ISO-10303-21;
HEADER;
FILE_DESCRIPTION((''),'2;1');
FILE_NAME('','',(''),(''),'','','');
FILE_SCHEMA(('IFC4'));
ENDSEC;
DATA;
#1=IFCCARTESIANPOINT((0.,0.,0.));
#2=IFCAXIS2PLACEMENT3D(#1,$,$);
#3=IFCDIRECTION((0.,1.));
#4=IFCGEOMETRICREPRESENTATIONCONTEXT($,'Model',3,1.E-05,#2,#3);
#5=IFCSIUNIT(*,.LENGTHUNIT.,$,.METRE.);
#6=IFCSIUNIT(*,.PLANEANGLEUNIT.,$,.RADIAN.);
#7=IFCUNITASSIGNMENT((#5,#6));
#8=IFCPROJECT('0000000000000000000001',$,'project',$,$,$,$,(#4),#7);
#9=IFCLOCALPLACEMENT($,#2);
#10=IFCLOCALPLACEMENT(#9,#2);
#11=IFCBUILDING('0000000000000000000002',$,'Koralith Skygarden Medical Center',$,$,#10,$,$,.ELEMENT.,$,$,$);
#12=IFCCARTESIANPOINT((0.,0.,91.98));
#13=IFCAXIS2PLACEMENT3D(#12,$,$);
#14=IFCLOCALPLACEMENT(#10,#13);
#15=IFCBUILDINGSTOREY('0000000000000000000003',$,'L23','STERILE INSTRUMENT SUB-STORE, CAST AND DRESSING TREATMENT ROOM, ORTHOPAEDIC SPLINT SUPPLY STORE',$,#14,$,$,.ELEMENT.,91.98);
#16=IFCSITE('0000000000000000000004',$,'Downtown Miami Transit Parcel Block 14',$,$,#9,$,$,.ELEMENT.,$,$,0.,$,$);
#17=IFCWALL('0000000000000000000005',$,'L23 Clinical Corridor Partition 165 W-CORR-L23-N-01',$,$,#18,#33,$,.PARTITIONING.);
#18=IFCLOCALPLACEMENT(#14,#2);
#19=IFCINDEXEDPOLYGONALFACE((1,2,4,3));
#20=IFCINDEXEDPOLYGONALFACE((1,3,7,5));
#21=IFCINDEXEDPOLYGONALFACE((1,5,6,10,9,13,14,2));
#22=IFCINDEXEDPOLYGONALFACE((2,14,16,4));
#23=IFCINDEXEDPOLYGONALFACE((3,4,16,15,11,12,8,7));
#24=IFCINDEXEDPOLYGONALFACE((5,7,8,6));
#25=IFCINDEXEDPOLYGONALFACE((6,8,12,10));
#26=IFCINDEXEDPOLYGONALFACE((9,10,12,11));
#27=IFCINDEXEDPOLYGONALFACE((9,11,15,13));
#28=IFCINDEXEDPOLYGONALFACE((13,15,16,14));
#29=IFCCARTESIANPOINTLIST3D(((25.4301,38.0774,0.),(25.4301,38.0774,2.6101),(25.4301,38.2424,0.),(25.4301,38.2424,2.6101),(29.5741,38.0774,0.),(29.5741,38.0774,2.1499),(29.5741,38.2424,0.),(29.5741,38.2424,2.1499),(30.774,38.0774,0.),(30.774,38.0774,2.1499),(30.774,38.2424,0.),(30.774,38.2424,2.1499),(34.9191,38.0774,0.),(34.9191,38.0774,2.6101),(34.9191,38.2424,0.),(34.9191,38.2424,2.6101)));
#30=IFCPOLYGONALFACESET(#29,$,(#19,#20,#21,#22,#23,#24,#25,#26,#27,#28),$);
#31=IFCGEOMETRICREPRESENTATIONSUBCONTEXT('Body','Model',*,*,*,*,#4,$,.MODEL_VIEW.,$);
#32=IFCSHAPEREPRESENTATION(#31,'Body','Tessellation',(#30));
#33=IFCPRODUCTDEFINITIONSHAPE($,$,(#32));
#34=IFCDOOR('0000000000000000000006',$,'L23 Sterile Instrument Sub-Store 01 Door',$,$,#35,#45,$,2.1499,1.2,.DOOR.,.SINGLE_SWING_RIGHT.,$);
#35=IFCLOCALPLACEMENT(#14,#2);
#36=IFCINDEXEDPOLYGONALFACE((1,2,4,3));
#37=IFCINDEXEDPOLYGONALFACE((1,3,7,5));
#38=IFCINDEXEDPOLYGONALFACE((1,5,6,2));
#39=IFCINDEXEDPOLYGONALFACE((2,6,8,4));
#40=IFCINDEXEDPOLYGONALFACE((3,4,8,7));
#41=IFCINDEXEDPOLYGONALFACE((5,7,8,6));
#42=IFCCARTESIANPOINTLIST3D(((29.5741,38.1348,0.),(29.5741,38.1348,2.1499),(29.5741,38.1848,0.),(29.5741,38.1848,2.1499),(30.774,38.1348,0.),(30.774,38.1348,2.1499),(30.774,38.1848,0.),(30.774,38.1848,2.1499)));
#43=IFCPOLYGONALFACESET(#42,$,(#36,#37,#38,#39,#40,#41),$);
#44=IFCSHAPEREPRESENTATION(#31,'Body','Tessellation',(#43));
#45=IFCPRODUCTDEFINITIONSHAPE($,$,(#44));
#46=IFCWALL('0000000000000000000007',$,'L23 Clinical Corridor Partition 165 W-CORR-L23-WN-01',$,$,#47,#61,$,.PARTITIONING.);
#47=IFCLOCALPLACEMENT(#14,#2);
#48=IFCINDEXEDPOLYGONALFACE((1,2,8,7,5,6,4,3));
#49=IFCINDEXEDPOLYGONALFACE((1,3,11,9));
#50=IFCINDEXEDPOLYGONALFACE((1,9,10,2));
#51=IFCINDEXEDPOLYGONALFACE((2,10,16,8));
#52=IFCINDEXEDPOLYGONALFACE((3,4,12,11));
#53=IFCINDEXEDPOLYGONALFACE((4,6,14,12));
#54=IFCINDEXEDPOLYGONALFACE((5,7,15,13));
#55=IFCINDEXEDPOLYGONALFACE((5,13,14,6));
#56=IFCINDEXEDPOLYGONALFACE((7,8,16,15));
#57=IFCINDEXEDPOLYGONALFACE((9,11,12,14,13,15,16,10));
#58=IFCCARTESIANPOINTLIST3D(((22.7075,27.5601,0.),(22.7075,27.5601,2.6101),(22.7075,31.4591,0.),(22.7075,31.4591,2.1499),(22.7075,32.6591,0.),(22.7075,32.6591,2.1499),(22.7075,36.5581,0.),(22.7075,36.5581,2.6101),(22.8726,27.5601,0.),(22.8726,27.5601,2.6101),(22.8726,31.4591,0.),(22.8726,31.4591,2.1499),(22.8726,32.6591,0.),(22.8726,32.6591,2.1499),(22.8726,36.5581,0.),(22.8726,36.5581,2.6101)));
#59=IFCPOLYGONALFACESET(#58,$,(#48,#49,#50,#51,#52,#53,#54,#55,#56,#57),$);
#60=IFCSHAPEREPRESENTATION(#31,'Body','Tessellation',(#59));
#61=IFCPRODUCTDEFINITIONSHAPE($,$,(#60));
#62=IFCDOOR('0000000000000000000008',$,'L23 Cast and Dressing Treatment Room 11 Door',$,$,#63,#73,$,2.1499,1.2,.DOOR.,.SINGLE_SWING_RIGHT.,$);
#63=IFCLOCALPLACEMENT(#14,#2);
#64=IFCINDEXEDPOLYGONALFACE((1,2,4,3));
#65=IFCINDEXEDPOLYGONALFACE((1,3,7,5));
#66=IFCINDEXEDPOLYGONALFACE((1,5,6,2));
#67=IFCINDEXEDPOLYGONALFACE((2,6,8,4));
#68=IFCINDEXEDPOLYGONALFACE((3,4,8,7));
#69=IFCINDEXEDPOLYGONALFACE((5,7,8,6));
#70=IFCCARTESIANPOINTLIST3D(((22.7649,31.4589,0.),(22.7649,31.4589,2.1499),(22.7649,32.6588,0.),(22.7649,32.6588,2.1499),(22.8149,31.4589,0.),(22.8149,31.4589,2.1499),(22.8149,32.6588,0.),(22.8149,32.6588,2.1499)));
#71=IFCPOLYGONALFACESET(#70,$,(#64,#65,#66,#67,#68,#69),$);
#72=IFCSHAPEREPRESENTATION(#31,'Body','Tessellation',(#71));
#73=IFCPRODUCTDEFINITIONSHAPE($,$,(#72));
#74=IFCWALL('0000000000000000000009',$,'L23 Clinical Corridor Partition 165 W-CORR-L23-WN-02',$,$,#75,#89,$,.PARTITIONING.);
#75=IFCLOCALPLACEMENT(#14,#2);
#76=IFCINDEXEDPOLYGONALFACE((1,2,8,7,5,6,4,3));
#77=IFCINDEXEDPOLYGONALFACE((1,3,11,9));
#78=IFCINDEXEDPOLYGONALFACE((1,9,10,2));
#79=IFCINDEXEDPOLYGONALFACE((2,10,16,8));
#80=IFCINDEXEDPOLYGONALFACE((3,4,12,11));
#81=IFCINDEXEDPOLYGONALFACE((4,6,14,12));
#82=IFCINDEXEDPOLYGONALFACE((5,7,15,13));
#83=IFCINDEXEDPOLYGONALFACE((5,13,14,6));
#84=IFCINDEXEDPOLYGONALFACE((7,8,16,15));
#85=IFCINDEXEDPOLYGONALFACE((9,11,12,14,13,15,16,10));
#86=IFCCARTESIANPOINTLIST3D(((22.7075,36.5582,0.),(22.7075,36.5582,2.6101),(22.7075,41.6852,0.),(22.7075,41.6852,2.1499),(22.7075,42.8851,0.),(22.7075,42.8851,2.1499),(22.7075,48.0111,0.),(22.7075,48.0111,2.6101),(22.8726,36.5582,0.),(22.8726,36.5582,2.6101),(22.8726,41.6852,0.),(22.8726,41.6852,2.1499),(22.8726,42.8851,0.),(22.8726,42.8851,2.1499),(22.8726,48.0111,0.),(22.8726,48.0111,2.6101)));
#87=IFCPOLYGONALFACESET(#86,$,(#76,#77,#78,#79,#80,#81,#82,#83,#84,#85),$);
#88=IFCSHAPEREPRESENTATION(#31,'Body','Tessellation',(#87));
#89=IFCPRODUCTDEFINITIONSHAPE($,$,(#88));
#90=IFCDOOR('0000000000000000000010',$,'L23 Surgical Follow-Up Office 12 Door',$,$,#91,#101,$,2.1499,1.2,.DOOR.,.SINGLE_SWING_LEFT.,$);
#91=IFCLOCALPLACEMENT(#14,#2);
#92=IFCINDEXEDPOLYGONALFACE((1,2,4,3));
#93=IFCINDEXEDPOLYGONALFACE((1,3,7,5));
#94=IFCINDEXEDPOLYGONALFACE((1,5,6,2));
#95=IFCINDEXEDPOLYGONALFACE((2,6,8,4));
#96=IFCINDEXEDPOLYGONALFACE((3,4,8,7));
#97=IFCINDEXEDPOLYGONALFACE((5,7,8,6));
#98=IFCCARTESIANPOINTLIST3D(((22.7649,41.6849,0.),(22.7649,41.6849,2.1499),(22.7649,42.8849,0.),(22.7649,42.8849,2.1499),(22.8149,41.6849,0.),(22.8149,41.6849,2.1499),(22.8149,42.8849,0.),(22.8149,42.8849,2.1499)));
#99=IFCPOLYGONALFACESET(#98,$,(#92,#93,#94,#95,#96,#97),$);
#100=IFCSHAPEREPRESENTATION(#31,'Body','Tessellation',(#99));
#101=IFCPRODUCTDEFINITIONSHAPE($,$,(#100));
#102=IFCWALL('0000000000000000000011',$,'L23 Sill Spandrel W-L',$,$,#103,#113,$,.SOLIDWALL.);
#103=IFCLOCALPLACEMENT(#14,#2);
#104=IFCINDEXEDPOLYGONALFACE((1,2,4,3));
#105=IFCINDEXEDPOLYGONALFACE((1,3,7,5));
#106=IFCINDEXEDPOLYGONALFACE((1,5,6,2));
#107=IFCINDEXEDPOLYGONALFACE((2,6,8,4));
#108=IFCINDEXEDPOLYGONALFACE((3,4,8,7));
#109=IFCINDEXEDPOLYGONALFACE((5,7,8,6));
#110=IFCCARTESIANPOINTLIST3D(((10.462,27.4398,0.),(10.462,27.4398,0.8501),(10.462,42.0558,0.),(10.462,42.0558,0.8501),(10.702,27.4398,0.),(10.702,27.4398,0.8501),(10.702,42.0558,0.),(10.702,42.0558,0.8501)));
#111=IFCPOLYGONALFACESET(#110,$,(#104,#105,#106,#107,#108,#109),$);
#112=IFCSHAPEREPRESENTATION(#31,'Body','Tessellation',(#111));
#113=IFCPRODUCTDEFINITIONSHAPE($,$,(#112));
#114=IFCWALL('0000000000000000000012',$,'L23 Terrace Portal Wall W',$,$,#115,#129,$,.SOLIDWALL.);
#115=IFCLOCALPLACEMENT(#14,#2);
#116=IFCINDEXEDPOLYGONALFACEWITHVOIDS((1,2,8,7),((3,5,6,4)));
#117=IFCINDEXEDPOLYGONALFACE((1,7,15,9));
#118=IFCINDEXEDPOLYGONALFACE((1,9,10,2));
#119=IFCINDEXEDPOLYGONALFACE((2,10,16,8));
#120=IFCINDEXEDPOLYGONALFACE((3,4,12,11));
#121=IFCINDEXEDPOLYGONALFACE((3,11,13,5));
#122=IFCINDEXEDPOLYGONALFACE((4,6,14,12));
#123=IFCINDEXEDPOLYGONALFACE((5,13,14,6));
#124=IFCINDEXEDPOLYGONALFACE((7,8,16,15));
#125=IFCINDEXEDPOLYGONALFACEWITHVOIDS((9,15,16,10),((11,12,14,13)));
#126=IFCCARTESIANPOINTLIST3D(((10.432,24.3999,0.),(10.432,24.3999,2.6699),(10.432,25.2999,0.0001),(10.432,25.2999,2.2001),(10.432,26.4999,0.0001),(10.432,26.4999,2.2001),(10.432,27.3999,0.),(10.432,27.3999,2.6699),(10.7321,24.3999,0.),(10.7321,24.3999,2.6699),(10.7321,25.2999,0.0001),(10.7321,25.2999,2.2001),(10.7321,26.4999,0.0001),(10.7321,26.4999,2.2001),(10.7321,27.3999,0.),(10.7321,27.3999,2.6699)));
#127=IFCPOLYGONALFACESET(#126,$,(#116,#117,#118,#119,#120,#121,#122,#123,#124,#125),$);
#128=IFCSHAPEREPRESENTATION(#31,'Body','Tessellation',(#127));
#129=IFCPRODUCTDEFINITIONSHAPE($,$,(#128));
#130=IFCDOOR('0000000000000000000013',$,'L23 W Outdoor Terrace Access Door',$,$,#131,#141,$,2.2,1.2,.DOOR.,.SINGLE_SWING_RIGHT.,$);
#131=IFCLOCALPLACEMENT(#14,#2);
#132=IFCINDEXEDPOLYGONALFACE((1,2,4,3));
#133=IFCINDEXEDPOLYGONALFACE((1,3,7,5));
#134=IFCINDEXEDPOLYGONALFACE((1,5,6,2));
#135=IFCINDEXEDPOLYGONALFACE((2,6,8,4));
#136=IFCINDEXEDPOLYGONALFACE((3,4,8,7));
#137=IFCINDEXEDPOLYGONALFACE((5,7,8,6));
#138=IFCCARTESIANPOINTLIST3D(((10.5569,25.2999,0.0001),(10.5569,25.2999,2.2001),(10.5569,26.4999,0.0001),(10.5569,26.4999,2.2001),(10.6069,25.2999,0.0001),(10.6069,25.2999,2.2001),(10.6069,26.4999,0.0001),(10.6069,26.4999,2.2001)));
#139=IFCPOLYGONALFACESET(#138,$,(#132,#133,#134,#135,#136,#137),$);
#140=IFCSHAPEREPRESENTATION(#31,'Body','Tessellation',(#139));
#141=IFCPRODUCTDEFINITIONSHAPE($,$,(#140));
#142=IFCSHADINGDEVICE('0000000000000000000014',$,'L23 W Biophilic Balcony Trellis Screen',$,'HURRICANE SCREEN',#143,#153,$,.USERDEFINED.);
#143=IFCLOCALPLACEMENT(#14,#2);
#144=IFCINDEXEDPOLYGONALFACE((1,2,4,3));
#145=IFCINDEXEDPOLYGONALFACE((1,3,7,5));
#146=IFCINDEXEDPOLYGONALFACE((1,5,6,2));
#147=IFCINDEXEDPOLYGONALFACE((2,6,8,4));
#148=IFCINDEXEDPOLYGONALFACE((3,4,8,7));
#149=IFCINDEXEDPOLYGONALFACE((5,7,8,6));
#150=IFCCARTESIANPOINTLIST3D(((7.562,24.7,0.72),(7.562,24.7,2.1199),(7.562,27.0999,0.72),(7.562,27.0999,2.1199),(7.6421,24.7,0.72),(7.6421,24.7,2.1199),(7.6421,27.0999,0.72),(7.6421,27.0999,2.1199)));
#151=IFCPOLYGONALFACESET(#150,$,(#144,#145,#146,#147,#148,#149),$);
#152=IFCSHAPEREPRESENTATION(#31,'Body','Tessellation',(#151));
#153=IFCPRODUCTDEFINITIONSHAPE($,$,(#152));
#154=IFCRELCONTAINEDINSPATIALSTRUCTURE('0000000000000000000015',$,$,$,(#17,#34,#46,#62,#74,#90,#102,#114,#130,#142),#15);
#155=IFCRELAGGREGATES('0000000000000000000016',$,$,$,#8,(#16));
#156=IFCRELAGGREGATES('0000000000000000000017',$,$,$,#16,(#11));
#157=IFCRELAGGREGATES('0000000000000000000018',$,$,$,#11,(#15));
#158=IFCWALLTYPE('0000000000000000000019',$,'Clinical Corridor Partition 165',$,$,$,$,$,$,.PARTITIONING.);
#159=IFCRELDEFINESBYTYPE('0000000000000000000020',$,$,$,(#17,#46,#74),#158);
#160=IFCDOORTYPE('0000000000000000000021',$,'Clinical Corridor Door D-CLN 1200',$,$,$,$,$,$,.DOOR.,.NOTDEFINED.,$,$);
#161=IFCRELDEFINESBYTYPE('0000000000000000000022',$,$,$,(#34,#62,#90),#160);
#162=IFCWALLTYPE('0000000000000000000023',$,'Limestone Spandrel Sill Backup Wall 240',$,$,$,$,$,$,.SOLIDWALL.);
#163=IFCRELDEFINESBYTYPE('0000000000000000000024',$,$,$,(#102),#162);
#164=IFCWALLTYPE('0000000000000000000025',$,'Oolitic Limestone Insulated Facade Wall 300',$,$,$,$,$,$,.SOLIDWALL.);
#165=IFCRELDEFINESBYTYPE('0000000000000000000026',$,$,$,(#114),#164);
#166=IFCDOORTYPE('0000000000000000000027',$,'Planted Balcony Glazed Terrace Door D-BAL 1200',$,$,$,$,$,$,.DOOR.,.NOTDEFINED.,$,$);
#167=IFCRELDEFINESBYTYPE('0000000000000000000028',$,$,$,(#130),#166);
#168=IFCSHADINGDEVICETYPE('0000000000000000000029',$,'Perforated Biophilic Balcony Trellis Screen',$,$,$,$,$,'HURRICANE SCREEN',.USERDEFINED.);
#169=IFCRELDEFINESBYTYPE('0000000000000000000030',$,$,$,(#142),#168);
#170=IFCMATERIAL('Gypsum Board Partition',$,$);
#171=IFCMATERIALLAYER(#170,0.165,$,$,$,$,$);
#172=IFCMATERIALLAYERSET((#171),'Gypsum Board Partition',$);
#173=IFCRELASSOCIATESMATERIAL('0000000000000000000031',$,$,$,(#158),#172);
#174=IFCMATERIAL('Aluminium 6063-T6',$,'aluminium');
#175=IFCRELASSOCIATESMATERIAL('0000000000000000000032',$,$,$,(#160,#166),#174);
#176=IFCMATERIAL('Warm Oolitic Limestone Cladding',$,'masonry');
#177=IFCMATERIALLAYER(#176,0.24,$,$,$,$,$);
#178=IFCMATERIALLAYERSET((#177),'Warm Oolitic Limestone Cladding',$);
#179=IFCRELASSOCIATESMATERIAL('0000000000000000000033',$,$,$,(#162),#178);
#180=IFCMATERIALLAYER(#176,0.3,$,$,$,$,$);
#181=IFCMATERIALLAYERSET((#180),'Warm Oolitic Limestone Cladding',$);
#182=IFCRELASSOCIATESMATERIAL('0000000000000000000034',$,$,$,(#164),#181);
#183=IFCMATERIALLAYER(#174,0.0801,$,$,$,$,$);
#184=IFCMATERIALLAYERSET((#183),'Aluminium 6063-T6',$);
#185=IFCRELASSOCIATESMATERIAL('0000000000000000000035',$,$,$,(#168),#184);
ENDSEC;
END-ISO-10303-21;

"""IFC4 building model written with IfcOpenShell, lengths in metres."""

from ifc_helpers import new_model, si_unit, direction, frame, frame_2d, origin, origin_2d, place, context, subcontext, project, spatial, rectangle, extrude, material, layer, layer_set, type_object, element, fill, save


model = new_model("IFC4")

# Units and contexts
model_context = context("Model", 3, precision=1e-05, world=origin(), true_north=direction((0.0, 1.0)))
body_context = subcontext(model_context, "Body", "Model", "MODEL_VIEW")
ifc_project = project(units=[si_unit("LENGTHUNIT", "METRE"), si_unit("PLANEANGLEUNIT", "RADIAN")], contexts=[model_context])

# Site, building, storey
site_placement = place(None, origin())
site = spatial("IfcSite", under=ifc_project, at=site_placement, Name="Downtown Miami Transit Parcel Block 14", CompositionType="ELEMENT", RefElevation=0.0)
building_placement = place(site_placement, origin())
building = spatial("IfcBuilding", under=site, at=building_placement, Name="Koralith Skygarden Medical Center", CompositionType="ELEMENT")
storey_placement = place(building_placement, frame((0.0, 0.0, 91.98)))
storey = spatial("IfcBuildingStorey", under=building, at=storey_placement, Name="L23", Description="STERILE INSTRUMENT SUB-STORE, CAST AND DRESSING TREATMENT ROOM, ORTHOPAEDIC SPLINT SUPPLY STORE", CompositionType="ELEMENT", Elevation=91.98)

# Shared definitions
ifc_material_1 = material(Name="Aluminium 6063-T6", Category="aluminium")

# Shared definitions
ifc_material_2 = material(Name="Gypsum Board Partition")
ifc_layer_1 = layer(ifc_material_2, 0.165)
ifc_layer_set_1 = layer_set([ifc_layer_1], Name="Gypsum Board Partition")
wall_type_1 = type_object("IfcWallType", Name="Clinical Corridor Partition 165", PredefinedType="PARTITIONING", material=ifc_layer_set_1)

# Walls, openings, doors
wall_1_placement = place(storey_placement, frame((25.4299, 38.1599, 0.0), z_axis=(0.0, 0.0, 1.0), x_axis=(1.0, 0.0, 0.0)))
wall_1 = element("IfcWall", 1, at=wall_1_placement, inside=storey, type_object=wall_type_1, Name="L23 Clinical Corridor Partition 165 W-CORR-L23-N-01", PredefinedType="PARTITIONING", context=body_context, shape_type="SweptSolid", body=[
    extrude(rectangle(XDim=9.489, YDim=0.165, at=frame_2d((4.7446, 0.0))), origin(), (0.0, 0.0, 1.0), 2.6101),
])
opening_1_placement = place(wall_1_placement, frame((4.144, 0.0, 0.0)))
opening_1 = element("IfcOpeningElement", 2, at=opening_1_placement, cuts=wall_1, PredefinedType="OPENING", context=body_context, shape_type="SweptSolid", body=[
    extrude(rectangle(XDim=1.2, YDim=2.1499, at=frame_2d((0.6001, 1.075))), frame((0.0, 0.0925, 0.0), z_axis=(0.0, -1.0, 0.0), x_axis=(1.0, 0.0, 0.0)), (0.0, 0.0, 1.0), 0.1851),
])
door_type_1 = type_object("IfcDoorType", Name="Clinical Corridor Door D-CLN 1200", OperationType="NOTDEFINED", PredefinedType="DOOR", material=ifc_material_1)
door_1_placement = place(opening_1_placement, origin())
door_1 = element("IfcDoor", 3, at=door_1_placement, inside=storey, type_object=door_type_1, Name="L23 Sterile Instrument Sub-Store 01 Door", OperationType="SINGLE_SWING_RIGHT", OverallHeight=2.1499, OverallWidth=1.2, PredefinedType="DOOR", context=body_context, shape_type="SweptSolid", body=[
    extrude(rectangle(XDim=1.2, YDim=2.1499, at=frame_2d((0.6001, 1.075))), frame((0.0, 0.0249, 0.0), z_axis=(0.0, -1.0, 0.0), x_axis=(1.0, 0.0, 0.0)), (0.0, 0.0, 1.0), 0.05),
])
fill(opening_1, door_1)
wall_2_placement = place(storey_placement, frame((22.79, 27.5601, 0.0), z_axis=(0.0, 0.0, 1.0), x_axis=(0.0, 1.0, 0.0)))
wall_2 = element("IfcWall", 4, at=wall_2_placement, inside=storey, type_object=wall_type_1, Name="L23 Clinical Corridor Partition 165 W-CORR-L23-WN-01", PredefinedType="PARTITIONING", context=body_context, shape_type="SweptSolid", body=[
    extrude(rectangle(XDim=8.998, YDim=0.165, at=frame_2d((4.499, 0.0))), origin(), (0.0, 0.0, 1.0), 2.6101),
])
opening_2_placement = place(wall_2_placement, frame((3.8989, 0.0, 0.0)))
opening_2 = element("IfcOpeningElement", 5, at=opening_2_placement, cuts=wall_2, PredefinedType="OPENING", context=body_context, shape_type="SweptSolid", body=[
    extrude(rectangle(XDim=1.2, YDim=2.1499, at=frame_2d((0.6001, 1.075))), frame((0.0, 0.0925, 0.0), z_axis=(0.0, -1.0, 0.0), x_axis=(1.0, 0.0, 0.0)), (0.0, 0.0, 1.0), 0.1851),
])
door_2_placement = place(opening_2_placement, frame((1.2, 0.0, 0.0), z_axis=(0.0, 0.0, 1.0), x_axis=(-1.0, 0.0, 0.0)))
door_2 = element("IfcDoor", 6, at=door_2_placement, inside=storey, type_object=door_type_1, Name="L23 Cast and Dressing Treatment Room 11 Door", OperationType="SINGLE_SWING_RIGHT", OverallHeight=2.1499, OverallWidth=1.2, PredefinedType="DOOR", context=body_context, shape_type="SweptSolid", body=[
    extrude(rectangle(XDim=1.2, YDim=2.1499, at=frame_2d((0.6001, 1.075))), frame((0.0, 0.0249, 0.0), z_axis=(0.0, -1.0, 0.0), x_axis=(1.0, 0.0, 0.0)), (0.0, 0.0, 1.0), 0.05),
])
fill(opening_2, door_2)
wall_3_placement = place(storey_placement, frame((22.79, 36.5581, 0.0), z_axis=(0.0, 0.0, 1.0), x_axis=(0.0, 1.0, 0.0)))
wall_3 = element("IfcWall", 7, at=wall_3_placement, inside=storey, type_object=wall_type_1, Name="L23 Clinical Corridor Partition 165 W-CORR-L23-WN-02", PredefinedType="PARTITIONING", context=body_context, shape_type="SweptSolid", body=[
    extrude(rectangle(XDim=11.4529, YDim=0.165, at=frame_2d((5.7266, 0.0))), origin(), (0.0, 0.0, 1.0), 2.6101),
])
opening_3_placement = place(wall_3_placement, frame((5.127, 0.0, 0.0)))
opening_3 = element("IfcOpeningElement", 8, at=opening_3_placement, cuts=wall_3, PredefinedType="OPENING", context=body_context, shape_type="SweptSolid", body=[
    extrude(rectangle(XDim=1.2, YDim=2.1499, at=frame_2d((0.6001, 1.075))), frame((0.0, 0.0925, 0.0), z_axis=(0.0, -1.0, 0.0), x_axis=(1.0, 0.0, 0.0)), (0.0, 0.0, 1.0), 0.1851),
])
door_3_placement = place(opening_3_placement, frame((1.2, 0.0, 0.0), z_axis=(0.0, 0.0, 1.0), x_axis=(-1.0, 0.0, 0.0)))
door_3 = element("IfcDoor", 9, at=door_3_placement, inside=storey, type_object=door_type_1, Name="L23 Surgical Follow-Up Office 12 Door", OperationType="SINGLE_SWING_LEFT", OverallHeight=2.1499, OverallWidth=1.2, PredefinedType="DOOR", context=body_context, shape_type="SweptSolid", body=[
    extrude(rectangle(XDim=1.2, YDim=2.1499, at=frame_2d((0.6001, 1.075))), frame((0.0, 0.0249, 0.0), z_axis=(0.0, -1.0, 0.0), x_axis=(1.0, 0.0, 0.0)), (0.0, 0.0, 1.0), 0.05),
])
fill(opening_3, door_3)

# Wall
ifc_material_3 = material(Name="Warm Oolitic Limestone Cladding", Category="masonry")
ifc_layer_2 = layer(ifc_material_3, 0.24)
ifc_layer_set_2 = layer_set([ifc_layer_2], Name="Warm Oolitic Limestone Cladding")
wall_type_2 = type_object("IfcWallType", Name="Limestone Spandrel Sill Backup Wall 240", PredefinedType="SOLIDWALL", material=ifc_layer_set_2)
wall_4_placement = place(storey_placement, frame((10.582, 42.0559, 0.0), z_axis=(0.0, 0.0, 1.0), x_axis=(0.0, -1.0, 0.0)))
element("IfcWall", 10, at=wall_4_placement, inside=storey, type_object=wall_type_2, Name="L23 Sill Spandrel W-L", PredefinedType="SOLIDWALL", context=body_context, shape_type="SweptSolid", body=[
    extrude(rectangle(XDim=14.616, YDim=0.24, at=frame_2d((7.3081, 0.0))), origin(), (0.0, 0.0, 1.0), 0.8501),
])

# Wall, opening, door
ifc_layer_3 = layer(ifc_material_3, 0.3)
ifc_layer_set_3 = layer_set([ifc_layer_3], Name="Warm Oolitic Limestone Cladding")
wall_type_3 = type_object("IfcWallType", Name="Oolitic Limestone Insulated Facade Wall 300", PredefinedType="SOLIDWALL", material=ifc_layer_set_3)
wall_5_placement = place(storey_placement, frame((10.582, 27.3999, 0.0), z_axis=(0.0, 0.0, 1.0), x_axis=(0.0, -1.0, 0.0)))
wall_5 = element("IfcWall", 11, at=wall_5_placement, inside=storey, type_object=wall_type_3, Name="L23 Terrace Portal Wall W", PredefinedType="SOLIDWALL", context=body_context, shape_type="SweptSolid", body=[
    extrude(rectangle(XDim=3.0, YDim=0.3, at=frame_2d((1.5, 0.0))), origin(), (0.0, 0.0, 1.0), 2.6699),
])
opening_4_placement = place(wall_5_placement, frame((0.8999, 0.0, 0.0)))
opening_4 = element("IfcOpeningElement", 12, at=opening_4_placement, cuts=wall_5, PredefinedType="OPENING", context=body_context, shape_type="SweptSolid", body=[
    extrude(rectangle(XDim=1.2, YDim=2.2, at=frame_2d((0.6001, 1.1001))), frame((0.0, 0.1599, 0.0), z_axis=(0.0, -1.0, 0.0), x_axis=(1.0, 0.0, 0.0)), (0.0, 0.0, 1.0), 0.3201),
])
door_type_2 = type_object("IfcDoorType", Name="Planted Balcony Glazed Terrace Door D-BAL 1200", OperationType="NOTDEFINED", PredefinedType="DOOR", material=ifc_material_1)
door_4_placement = place(opening_4_placement, origin())
door_4 = element("IfcDoor", 13, at=door_4_placement, inside=storey, type_object=door_type_2, Name="L23 W Outdoor Terrace Access Door", OperationType="SINGLE_SWING_RIGHT", OverallHeight=2.2, OverallWidth=1.2, PredefinedType="DOOR", context=body_context, shape_type="SweptSolid", body=[
    extrude(rectangle(XDim=1.2, YDim=2.2, at=frame_2d((0.6001, 1.1001))), frame((0.0, 0.0249, 0.0), z_axis=(0.0, -1.0, 0.0), x_axis=(1.0, 0.0, 0.0)), (0.0, 0.0, 1.0), 0.05),
])
fill(opening_4, door_4)

# Shading device
ifc_layer_4 = layer(ifc_material_1, 0.0801)
ifc_layer_set_4 = layer_set([ifc_layer_4], Name="Aluminium 6063-T6")
shading_device_type = type_object("IfcShadingDeviceType", Name="Perforated Biophilic Balcony Trellis Screen", ElementType="HURRICANE SCREEN", PredefinedType="USERDEFINED", material=ifc_layer_set_4)
shading_device_placement = place(storey_placement, frame((7.6021, 25.8999, 0.72), z_axis=(0.0, 0.0, 1.0), x_axis=(0.0, 1.0, 0.0)))
element("IfcShadingDevice", 14, at=shading_device_placement, inside=storey, type_object=shading_device_type, Name="L23 W Biophilic Balcony Trellis Screen", ObjectType="HURRICANE SCREEN", PredefinedType="USERDEFINED", context=body_context, shape_type="SweptSolid", body=[
    extrude(rectangle(XDim=2.3999, YDim=0.0801, at=origin_2d()), origin(), (0.0, 0.0, 1.0), 1.3999),
])

save(model, "model.ifc")
